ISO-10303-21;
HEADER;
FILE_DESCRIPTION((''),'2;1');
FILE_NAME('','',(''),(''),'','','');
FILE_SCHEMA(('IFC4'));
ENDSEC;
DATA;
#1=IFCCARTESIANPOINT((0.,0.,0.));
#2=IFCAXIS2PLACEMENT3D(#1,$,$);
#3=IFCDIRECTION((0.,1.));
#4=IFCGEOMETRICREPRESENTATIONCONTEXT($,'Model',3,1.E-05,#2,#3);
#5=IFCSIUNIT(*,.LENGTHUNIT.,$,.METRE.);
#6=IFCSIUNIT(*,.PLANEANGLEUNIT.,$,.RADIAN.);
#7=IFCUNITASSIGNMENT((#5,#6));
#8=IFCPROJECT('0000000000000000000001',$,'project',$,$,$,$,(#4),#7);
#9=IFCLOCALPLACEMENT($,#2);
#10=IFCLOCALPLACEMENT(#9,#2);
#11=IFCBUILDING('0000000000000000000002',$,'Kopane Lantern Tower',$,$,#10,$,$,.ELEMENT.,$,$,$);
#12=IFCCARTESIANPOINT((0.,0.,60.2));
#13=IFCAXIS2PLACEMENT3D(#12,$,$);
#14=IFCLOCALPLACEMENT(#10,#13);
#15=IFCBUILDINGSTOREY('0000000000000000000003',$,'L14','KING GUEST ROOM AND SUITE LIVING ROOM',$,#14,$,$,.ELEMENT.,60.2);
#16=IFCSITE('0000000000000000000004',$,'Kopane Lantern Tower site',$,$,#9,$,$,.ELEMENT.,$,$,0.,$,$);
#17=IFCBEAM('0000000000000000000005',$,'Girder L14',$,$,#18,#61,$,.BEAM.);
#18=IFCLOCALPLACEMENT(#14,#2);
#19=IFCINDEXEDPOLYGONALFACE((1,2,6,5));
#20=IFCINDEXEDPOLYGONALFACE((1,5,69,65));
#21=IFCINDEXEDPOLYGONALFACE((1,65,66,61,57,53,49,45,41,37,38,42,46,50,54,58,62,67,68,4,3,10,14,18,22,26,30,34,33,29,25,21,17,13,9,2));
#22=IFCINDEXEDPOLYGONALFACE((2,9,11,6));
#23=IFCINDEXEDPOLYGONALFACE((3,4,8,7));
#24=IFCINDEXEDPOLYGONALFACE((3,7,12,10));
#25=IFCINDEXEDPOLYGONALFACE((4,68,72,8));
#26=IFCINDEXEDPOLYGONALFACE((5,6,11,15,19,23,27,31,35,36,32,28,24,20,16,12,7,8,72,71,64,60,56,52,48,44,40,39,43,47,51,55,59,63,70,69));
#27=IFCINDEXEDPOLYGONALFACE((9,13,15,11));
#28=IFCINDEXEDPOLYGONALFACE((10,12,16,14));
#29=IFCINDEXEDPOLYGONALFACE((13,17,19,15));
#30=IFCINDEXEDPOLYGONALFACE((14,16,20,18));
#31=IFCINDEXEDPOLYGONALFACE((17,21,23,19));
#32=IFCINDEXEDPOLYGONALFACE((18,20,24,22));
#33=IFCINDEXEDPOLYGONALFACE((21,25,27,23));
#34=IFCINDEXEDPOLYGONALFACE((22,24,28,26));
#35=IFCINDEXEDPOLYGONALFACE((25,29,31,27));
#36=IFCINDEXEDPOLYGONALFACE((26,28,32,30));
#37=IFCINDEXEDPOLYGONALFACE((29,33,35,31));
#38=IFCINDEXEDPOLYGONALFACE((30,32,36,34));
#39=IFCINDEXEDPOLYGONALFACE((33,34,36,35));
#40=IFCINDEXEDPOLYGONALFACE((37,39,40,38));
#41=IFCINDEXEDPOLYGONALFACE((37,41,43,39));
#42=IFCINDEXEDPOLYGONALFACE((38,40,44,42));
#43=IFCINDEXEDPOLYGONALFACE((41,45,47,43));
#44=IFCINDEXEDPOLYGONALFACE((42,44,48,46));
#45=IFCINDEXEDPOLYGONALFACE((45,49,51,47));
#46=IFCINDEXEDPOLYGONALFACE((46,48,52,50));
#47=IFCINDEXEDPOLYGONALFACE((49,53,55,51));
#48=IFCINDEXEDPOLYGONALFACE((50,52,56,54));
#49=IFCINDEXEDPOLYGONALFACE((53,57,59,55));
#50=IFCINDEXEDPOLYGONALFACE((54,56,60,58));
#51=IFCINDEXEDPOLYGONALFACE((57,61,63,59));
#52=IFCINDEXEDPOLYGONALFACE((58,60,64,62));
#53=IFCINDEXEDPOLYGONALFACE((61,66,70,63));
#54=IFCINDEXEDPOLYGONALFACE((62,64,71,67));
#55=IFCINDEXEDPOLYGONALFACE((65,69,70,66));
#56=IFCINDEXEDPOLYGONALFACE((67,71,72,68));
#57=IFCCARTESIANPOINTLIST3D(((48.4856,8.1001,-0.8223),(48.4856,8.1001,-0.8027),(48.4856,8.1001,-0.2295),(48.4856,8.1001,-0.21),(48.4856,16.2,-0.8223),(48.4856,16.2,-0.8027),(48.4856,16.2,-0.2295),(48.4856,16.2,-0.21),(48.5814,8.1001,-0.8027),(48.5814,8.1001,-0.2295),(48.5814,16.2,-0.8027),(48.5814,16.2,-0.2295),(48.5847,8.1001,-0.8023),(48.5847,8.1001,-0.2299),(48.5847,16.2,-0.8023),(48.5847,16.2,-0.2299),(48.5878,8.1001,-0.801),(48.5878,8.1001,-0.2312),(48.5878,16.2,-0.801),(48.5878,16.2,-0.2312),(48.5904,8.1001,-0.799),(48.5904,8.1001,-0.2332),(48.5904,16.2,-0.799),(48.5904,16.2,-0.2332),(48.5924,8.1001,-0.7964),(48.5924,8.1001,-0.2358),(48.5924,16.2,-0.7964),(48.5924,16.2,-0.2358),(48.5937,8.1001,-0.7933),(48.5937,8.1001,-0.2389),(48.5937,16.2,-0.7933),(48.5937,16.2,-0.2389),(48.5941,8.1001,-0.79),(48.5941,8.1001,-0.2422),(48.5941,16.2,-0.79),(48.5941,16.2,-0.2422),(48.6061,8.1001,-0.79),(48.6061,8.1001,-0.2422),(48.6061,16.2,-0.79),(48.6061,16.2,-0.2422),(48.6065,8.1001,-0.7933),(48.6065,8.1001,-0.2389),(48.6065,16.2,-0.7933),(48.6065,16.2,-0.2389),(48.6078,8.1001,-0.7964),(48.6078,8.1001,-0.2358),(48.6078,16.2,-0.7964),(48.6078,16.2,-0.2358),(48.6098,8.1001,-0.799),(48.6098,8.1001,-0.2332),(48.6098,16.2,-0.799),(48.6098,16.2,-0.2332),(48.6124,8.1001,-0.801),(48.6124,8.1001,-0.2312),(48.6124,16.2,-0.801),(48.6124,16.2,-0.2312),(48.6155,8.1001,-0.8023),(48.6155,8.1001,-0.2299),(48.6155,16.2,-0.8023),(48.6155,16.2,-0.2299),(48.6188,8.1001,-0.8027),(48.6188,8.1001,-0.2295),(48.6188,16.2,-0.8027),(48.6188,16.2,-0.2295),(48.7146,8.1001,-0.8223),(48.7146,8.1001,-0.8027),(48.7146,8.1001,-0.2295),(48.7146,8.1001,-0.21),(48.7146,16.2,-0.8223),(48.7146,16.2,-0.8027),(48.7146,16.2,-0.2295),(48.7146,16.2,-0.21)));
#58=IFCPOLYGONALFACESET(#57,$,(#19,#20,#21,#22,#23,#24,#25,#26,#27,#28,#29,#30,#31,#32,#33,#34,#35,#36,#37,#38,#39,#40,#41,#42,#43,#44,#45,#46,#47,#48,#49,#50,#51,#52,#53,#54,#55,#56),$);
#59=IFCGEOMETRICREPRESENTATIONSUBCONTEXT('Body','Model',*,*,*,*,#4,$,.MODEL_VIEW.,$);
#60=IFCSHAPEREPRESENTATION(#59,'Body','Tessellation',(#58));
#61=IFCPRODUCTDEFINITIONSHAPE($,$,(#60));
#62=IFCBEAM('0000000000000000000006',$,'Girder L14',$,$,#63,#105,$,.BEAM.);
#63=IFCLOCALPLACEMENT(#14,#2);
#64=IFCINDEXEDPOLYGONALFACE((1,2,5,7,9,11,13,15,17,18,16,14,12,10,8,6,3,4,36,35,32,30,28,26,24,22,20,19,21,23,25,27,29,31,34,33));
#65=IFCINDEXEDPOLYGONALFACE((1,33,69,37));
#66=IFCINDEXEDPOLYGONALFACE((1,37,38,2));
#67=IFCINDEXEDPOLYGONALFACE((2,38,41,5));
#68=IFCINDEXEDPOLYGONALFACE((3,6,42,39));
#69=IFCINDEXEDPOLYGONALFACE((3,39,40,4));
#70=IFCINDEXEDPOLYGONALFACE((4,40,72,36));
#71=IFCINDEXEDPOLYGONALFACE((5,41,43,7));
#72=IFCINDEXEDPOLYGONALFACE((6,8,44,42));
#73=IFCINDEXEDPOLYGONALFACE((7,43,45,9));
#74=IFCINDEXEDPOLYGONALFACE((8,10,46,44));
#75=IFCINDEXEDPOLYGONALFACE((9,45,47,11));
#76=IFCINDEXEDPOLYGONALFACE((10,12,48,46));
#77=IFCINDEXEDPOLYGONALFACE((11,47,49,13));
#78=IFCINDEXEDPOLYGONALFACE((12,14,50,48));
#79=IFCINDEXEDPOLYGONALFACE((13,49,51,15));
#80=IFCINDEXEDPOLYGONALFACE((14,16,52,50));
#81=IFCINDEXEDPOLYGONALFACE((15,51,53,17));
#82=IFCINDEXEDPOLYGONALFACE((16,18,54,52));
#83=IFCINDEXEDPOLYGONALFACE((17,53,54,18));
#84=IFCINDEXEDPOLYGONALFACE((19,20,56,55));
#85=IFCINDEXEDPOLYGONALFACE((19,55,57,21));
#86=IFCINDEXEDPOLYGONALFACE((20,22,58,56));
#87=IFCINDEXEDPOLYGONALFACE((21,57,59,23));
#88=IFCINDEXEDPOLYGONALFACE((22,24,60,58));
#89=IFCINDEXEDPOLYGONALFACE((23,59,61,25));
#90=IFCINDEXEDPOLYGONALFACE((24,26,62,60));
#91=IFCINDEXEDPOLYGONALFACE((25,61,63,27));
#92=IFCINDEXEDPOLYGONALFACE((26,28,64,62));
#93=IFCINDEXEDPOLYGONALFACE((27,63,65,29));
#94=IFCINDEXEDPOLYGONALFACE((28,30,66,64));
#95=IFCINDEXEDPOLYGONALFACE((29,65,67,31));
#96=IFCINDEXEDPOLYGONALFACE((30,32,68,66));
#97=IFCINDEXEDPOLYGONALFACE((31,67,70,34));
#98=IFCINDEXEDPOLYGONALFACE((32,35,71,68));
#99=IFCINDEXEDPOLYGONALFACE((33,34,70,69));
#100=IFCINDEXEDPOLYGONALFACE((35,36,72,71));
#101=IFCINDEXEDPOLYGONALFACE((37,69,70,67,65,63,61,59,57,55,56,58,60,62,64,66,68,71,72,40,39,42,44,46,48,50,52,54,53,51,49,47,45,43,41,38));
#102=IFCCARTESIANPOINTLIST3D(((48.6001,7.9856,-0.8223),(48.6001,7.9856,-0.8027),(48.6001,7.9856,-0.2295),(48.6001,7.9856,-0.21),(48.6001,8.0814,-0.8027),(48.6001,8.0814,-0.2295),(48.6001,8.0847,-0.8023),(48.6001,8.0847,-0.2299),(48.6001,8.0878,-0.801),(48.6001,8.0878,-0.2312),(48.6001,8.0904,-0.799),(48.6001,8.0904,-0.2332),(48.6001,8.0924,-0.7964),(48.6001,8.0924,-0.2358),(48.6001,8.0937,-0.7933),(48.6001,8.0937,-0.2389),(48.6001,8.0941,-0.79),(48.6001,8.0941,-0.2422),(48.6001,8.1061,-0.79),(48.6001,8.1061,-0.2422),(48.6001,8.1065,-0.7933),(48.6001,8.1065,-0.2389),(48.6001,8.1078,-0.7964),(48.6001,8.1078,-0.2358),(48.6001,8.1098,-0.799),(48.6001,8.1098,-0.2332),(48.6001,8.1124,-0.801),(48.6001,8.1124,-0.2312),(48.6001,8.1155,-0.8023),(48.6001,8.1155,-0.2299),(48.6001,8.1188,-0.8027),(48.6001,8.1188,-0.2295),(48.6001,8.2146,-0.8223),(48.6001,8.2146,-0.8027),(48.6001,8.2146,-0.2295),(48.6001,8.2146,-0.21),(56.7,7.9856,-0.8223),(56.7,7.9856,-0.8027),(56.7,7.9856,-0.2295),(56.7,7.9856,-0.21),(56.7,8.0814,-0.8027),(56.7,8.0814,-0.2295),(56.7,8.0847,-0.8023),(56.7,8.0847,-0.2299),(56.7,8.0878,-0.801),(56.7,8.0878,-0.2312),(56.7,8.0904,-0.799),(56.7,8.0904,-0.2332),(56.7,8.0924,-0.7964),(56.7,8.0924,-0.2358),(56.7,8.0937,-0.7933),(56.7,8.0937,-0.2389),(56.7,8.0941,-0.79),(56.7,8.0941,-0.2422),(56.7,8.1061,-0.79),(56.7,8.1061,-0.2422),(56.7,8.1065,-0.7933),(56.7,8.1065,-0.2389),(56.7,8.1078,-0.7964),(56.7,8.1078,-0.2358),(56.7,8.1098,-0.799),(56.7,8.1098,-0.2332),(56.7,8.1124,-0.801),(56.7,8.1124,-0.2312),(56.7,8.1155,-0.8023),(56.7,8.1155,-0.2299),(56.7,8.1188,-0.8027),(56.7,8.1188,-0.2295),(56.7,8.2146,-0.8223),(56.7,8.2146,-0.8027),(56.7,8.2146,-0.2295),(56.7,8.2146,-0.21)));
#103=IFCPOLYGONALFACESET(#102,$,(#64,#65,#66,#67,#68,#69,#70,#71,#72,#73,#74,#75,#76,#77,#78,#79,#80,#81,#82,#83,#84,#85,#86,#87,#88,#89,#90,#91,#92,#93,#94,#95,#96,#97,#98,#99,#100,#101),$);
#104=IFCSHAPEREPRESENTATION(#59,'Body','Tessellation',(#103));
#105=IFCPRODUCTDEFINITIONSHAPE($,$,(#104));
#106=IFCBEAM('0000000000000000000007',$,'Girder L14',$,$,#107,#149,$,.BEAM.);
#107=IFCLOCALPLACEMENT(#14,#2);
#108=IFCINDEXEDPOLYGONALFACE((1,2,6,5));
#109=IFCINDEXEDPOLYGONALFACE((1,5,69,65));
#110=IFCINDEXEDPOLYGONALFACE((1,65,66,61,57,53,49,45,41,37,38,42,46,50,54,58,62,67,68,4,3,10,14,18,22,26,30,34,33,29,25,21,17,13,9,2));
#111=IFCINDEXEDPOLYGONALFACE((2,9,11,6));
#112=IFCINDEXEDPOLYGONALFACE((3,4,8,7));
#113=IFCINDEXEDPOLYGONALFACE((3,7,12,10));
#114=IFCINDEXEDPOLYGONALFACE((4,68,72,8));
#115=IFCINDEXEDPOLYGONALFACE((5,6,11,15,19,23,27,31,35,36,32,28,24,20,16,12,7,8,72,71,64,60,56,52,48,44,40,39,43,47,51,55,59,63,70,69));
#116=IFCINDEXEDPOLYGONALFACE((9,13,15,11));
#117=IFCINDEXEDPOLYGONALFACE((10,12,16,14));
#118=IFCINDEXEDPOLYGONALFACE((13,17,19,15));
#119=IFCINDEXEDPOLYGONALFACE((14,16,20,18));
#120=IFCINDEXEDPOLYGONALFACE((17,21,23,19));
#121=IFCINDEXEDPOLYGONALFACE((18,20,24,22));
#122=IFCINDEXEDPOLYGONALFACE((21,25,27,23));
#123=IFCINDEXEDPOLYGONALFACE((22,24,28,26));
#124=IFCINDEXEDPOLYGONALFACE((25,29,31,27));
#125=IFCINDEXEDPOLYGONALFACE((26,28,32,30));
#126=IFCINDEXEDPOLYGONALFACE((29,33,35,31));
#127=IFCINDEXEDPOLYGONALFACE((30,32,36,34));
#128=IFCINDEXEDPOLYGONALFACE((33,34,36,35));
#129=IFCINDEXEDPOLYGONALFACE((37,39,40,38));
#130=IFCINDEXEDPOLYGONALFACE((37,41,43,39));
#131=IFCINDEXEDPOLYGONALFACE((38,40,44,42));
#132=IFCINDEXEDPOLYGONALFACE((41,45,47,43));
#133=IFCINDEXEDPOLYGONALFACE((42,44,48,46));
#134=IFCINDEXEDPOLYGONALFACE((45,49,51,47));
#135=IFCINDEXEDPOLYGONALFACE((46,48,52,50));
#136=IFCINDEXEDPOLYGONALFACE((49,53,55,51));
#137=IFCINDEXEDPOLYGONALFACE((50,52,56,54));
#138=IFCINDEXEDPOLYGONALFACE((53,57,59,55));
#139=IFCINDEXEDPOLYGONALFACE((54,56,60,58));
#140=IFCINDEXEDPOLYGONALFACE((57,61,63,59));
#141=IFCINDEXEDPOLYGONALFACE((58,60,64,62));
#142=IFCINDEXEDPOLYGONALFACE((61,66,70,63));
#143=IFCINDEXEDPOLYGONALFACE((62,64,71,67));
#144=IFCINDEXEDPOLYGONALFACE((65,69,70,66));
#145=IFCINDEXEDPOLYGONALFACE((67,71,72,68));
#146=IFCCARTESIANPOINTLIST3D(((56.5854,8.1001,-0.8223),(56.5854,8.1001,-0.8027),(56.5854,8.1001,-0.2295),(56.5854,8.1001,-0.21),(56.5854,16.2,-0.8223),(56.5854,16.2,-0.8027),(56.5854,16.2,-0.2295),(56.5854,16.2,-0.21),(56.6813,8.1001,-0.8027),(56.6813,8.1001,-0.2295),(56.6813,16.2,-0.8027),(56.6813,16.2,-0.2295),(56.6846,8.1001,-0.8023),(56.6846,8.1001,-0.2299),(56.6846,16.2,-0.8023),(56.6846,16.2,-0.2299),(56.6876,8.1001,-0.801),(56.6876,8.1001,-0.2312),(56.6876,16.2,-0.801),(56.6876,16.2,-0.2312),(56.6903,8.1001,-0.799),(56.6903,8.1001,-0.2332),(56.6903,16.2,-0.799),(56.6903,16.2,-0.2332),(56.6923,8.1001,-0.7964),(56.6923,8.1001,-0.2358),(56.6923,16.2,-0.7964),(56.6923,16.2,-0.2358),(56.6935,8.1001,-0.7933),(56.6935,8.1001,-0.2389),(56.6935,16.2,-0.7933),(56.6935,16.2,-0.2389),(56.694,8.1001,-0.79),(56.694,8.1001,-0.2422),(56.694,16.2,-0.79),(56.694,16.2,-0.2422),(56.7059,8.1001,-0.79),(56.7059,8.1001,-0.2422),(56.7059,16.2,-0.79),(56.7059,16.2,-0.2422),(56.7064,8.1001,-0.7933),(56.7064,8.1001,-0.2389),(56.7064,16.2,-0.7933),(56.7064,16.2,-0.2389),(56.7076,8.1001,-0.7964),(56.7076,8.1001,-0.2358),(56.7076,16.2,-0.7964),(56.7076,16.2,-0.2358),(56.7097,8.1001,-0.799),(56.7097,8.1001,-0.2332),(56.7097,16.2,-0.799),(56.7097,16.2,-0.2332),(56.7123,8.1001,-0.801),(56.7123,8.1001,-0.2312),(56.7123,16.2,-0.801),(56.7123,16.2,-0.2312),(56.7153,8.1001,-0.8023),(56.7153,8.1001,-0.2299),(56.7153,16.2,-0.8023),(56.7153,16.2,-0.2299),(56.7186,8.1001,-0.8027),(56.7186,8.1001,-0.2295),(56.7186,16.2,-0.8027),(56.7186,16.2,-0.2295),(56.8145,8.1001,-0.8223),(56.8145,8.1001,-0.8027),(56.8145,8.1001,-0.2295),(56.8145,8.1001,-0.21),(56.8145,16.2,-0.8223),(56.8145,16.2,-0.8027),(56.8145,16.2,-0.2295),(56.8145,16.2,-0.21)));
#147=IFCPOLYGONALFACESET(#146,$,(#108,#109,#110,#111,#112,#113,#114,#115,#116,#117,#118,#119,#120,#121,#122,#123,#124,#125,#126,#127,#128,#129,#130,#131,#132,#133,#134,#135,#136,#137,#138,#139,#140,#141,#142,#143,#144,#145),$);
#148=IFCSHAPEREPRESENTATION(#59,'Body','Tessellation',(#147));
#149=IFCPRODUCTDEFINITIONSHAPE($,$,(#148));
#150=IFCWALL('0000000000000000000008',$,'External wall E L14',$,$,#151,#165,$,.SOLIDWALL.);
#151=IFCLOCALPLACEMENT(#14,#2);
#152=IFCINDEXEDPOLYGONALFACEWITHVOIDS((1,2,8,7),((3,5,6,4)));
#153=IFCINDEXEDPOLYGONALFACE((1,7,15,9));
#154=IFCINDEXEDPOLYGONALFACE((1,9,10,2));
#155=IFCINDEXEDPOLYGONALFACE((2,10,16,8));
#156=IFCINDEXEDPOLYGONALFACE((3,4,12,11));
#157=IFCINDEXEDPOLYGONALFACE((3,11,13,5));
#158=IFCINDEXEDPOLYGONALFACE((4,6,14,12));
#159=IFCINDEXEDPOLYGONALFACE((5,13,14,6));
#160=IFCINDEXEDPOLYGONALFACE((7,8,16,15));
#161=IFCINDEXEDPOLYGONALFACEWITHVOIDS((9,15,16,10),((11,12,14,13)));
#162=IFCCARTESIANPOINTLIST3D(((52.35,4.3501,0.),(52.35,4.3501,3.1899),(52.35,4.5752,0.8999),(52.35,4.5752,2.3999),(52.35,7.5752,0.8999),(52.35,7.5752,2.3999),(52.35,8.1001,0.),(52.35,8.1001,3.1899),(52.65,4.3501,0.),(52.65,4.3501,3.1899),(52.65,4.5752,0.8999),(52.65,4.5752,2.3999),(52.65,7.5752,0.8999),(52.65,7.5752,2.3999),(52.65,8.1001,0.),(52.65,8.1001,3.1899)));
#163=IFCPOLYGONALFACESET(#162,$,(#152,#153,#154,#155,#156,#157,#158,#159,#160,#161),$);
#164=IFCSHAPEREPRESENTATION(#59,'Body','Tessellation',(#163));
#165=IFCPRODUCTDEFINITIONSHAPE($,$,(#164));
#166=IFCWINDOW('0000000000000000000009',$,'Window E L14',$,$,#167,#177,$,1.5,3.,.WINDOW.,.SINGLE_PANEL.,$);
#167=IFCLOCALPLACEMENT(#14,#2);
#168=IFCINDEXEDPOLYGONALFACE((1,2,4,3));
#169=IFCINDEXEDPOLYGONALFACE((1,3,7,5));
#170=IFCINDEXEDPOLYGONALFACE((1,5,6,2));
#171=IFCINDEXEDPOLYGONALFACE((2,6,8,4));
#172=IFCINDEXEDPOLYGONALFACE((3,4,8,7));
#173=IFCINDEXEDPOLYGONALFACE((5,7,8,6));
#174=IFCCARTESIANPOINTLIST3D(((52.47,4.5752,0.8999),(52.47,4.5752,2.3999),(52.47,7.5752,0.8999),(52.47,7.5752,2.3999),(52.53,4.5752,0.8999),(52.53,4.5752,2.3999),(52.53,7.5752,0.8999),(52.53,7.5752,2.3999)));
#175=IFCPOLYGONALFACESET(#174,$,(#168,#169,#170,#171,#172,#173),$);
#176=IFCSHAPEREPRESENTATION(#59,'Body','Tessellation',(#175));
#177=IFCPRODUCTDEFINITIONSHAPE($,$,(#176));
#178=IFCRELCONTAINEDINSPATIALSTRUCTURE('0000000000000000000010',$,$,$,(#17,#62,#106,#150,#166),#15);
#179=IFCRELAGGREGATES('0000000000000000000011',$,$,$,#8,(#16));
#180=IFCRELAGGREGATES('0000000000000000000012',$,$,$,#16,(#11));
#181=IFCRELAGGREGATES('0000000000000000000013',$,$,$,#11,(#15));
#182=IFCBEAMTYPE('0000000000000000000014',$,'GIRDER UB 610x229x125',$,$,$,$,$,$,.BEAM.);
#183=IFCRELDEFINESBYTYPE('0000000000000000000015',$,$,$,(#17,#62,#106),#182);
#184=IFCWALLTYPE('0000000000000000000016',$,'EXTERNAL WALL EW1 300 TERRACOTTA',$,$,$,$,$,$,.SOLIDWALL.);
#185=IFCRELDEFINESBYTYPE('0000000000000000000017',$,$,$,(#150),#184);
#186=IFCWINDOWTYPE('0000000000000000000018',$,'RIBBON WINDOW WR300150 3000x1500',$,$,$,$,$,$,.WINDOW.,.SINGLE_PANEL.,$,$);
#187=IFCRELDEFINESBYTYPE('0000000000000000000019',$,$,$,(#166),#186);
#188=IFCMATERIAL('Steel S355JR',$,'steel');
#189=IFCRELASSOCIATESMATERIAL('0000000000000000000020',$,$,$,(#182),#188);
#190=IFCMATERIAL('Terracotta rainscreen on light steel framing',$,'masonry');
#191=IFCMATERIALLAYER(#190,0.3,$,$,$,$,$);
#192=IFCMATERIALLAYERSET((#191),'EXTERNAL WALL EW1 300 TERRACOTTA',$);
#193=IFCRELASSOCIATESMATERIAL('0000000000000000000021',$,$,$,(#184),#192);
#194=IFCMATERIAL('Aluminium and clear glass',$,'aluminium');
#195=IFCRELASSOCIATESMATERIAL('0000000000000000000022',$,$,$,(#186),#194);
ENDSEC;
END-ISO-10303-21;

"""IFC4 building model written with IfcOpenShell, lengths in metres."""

from ifc_helpers import new_model, si_unit, direction, frame, frame_2d, origin, origin_2d, place, context, subcontext, project, spatial, rectangle, i_section, extrude, material, layer, layer_set, material_profile, profile_set, type_object, element, fill, save


model = new_model("IFC4")

# Units and contexts
model_context = context("Model", 3, precision=1e-05, world=origin(), true_north=direction((0.0, 1.0)))
body_context = subcontext(model_context, "Body", "Model", "MODEL_VIEW")
ifc_project = project(units=[si_unit("LENGTHUNIT", "METRE"), si_unit("PLANEANGLEUNIT", "RADIAN")], contexts=[model_context])

# Site, building, storey
site_placement = place(None, origin())
site = spatial("IfcSite", under=ifc_project, at=site_placement, Name="Kopane Lantern Tower site", CompositionType="ELEMENT", RefElevation=0.0)
building_placement = place(site_placement, origin())
building = spatial("IfcBuilding", under=site, at=building_placement, Name="Kopane Lantern Tower", CompositionType="ELEMENT")
storey_placement = place(building_placement, frame((0.0, 0.0, 60.2)))
storey = spatial("IfcBuildingStorey", under=building, at=storey_placement, Name="L14", Description="KING GUEST ROOM AND SUITE LIVING ROOM", CompositionType="ELEMENT", Elevation=60.2)

# Beams
ifc_material_1 = material(Name="Steel S355JR", Category="steel")
ifc_material_profile_1 = material_profile(ifc_material_1, i_section(OverallWidth=0.229, OverallDepth=0.6123, WebThickness=0.012, FlangeThickness=0.0195, FilletRadius=0.0127, at=origin_2d()), Name="UB 610x229x125")
ifc_profile_set_1 = profile_set([ifc_material_profile_1], Name="Steel S355JR")
beam_type_1 = type_object("IfcBeamType", Name="GIRDER UB 610x229x125", PredefinedType="BEAM", material=ifc_profile_set_1)
for number, where, z_axis, x_axis, name in (
    (1, (48.6001, 8.1001, -0.5161), (0.0, 1.0, 0.0), (-1.0, 0.0, 0.0), "Girder L14"),
    (2, (48.6001, 8.1001, -0.5161), (1.0, 0.0, 0.0), (0.0, 1.0, 0.0), "Girder L14"),
    (3, (56.7, 8.1001, -0.5161), (0.0, 1.0, 0.0), (-1.0, 0.0, 0.0), "Girder L14"),
):
    element("IfcBeam", number, at=place(storey_placement, frame(where, z_axis=z_axis, x_axis=x_axis)), inside=storey, type_object=beam_type_1, Name=name, PredefinedType="BEAM", context=body_context, shape_type="SweptSolid", body=[
        extrude(i_section(OverallWidth=0.229, OverallDepth=0.6123, WebThickness=0.012, FlangeThickness=0.0195, FilletRadius=0.0127, at=origin_2d()), origin(), (0.0, 0.0, 1.0), 8.0999),
    ])

# Wall, opening, window
ifc_material_2 = material(Name="Terracotta rainscreen on light steel framing", Category="masonry")
ifc_layer = layer(ifc_material_2, 0.3)
ifc_layer_set = layer_set([ifc_layer], Name="EXTERNAL WALL EW1 300 TERRACOTTA")
wall_type = type_object("IfcWallType", Name="EXTERNAL WALL EW1 300 TERRACOTTA", PredefinedType="SOLIDWALL", material=ifc_layer_set)
wall_1_placement = place(storey_placement, frame((52.5, 4.3501, 0.0), z_axis=(0.0, 0.0, 1.0), x_axis=(0.0, 1.0, 0.0)))
wall_1 = element("IfcWall", 4, at=wall_1_placement, inside=storey, type_object=wall_type, Name="External wall E L14", PredefinedType="SOLIDWALL", context=body_context, shape_type="SweptSolid", body=[
    extrude(rectangle(XDim=3.75, YDim=0.3, at=frame_2d((1.875, 0.0))), origin(), (0.0, 0.0, 1.0), 3.1899),
])
opening_1_placement = place(wall_1_placement, frame((0.2251, 0.0, 0.8999)))
opening_1 = element("IfcOpeningElement", 5, at=opening_1_placement, cuts=wall_1, PredefinedType="OPENING", context=body_context, shape_type="SweptSolid", body=[
    extrude(rectangle(XDim=3.0, YDim=1.5, at=frame_2d((1.5, 0.75))), frame((0.0, 0.1599, 0.0), z_axis=(0.0, -1.0, 0.0), x_axis=(1.0, 0.0, 0.0)), (0.0, 0.0, 1.0), 0.3201),
])
ifc_material_3 = material(Name="Aluminium and clear glass", Category="aluminium")
window_type_1 = type_object("IfcWindowType", Name="RIBBON WINDOW WR300150 3000x1500", PartitioningType="SINGLE_PANEL", PredefinedType="WINDOW", material=ifc_material_3)
window_1_placement = place(opening_1_placement, origin())
window_1 = element("IfcWindow", 6, at=window_1_placement, inside=storey, type_object=window_type_1, Name="Window E L14", OverallHeight=1.5, OverallWidth=3.0, PartitioningType="SINGLE_PANEL", PredefinedType="WINDOW", context=body_context, shape_type="SweptSolid", body=[
    extrude(rectangle(XDim=3.0, YDim=1.5, at=frame_2d((1.5, 0.75))), frame((0.0, 0.03, 0.0), z_axis=(0.0, -1.0, 0.0), x_axis=(1.0, 0.0, 0.0)), (0.0, 0.0, 1.0), 0.0601),
])
fill(opening_1, window_1)

save(model, "model.ifc")
